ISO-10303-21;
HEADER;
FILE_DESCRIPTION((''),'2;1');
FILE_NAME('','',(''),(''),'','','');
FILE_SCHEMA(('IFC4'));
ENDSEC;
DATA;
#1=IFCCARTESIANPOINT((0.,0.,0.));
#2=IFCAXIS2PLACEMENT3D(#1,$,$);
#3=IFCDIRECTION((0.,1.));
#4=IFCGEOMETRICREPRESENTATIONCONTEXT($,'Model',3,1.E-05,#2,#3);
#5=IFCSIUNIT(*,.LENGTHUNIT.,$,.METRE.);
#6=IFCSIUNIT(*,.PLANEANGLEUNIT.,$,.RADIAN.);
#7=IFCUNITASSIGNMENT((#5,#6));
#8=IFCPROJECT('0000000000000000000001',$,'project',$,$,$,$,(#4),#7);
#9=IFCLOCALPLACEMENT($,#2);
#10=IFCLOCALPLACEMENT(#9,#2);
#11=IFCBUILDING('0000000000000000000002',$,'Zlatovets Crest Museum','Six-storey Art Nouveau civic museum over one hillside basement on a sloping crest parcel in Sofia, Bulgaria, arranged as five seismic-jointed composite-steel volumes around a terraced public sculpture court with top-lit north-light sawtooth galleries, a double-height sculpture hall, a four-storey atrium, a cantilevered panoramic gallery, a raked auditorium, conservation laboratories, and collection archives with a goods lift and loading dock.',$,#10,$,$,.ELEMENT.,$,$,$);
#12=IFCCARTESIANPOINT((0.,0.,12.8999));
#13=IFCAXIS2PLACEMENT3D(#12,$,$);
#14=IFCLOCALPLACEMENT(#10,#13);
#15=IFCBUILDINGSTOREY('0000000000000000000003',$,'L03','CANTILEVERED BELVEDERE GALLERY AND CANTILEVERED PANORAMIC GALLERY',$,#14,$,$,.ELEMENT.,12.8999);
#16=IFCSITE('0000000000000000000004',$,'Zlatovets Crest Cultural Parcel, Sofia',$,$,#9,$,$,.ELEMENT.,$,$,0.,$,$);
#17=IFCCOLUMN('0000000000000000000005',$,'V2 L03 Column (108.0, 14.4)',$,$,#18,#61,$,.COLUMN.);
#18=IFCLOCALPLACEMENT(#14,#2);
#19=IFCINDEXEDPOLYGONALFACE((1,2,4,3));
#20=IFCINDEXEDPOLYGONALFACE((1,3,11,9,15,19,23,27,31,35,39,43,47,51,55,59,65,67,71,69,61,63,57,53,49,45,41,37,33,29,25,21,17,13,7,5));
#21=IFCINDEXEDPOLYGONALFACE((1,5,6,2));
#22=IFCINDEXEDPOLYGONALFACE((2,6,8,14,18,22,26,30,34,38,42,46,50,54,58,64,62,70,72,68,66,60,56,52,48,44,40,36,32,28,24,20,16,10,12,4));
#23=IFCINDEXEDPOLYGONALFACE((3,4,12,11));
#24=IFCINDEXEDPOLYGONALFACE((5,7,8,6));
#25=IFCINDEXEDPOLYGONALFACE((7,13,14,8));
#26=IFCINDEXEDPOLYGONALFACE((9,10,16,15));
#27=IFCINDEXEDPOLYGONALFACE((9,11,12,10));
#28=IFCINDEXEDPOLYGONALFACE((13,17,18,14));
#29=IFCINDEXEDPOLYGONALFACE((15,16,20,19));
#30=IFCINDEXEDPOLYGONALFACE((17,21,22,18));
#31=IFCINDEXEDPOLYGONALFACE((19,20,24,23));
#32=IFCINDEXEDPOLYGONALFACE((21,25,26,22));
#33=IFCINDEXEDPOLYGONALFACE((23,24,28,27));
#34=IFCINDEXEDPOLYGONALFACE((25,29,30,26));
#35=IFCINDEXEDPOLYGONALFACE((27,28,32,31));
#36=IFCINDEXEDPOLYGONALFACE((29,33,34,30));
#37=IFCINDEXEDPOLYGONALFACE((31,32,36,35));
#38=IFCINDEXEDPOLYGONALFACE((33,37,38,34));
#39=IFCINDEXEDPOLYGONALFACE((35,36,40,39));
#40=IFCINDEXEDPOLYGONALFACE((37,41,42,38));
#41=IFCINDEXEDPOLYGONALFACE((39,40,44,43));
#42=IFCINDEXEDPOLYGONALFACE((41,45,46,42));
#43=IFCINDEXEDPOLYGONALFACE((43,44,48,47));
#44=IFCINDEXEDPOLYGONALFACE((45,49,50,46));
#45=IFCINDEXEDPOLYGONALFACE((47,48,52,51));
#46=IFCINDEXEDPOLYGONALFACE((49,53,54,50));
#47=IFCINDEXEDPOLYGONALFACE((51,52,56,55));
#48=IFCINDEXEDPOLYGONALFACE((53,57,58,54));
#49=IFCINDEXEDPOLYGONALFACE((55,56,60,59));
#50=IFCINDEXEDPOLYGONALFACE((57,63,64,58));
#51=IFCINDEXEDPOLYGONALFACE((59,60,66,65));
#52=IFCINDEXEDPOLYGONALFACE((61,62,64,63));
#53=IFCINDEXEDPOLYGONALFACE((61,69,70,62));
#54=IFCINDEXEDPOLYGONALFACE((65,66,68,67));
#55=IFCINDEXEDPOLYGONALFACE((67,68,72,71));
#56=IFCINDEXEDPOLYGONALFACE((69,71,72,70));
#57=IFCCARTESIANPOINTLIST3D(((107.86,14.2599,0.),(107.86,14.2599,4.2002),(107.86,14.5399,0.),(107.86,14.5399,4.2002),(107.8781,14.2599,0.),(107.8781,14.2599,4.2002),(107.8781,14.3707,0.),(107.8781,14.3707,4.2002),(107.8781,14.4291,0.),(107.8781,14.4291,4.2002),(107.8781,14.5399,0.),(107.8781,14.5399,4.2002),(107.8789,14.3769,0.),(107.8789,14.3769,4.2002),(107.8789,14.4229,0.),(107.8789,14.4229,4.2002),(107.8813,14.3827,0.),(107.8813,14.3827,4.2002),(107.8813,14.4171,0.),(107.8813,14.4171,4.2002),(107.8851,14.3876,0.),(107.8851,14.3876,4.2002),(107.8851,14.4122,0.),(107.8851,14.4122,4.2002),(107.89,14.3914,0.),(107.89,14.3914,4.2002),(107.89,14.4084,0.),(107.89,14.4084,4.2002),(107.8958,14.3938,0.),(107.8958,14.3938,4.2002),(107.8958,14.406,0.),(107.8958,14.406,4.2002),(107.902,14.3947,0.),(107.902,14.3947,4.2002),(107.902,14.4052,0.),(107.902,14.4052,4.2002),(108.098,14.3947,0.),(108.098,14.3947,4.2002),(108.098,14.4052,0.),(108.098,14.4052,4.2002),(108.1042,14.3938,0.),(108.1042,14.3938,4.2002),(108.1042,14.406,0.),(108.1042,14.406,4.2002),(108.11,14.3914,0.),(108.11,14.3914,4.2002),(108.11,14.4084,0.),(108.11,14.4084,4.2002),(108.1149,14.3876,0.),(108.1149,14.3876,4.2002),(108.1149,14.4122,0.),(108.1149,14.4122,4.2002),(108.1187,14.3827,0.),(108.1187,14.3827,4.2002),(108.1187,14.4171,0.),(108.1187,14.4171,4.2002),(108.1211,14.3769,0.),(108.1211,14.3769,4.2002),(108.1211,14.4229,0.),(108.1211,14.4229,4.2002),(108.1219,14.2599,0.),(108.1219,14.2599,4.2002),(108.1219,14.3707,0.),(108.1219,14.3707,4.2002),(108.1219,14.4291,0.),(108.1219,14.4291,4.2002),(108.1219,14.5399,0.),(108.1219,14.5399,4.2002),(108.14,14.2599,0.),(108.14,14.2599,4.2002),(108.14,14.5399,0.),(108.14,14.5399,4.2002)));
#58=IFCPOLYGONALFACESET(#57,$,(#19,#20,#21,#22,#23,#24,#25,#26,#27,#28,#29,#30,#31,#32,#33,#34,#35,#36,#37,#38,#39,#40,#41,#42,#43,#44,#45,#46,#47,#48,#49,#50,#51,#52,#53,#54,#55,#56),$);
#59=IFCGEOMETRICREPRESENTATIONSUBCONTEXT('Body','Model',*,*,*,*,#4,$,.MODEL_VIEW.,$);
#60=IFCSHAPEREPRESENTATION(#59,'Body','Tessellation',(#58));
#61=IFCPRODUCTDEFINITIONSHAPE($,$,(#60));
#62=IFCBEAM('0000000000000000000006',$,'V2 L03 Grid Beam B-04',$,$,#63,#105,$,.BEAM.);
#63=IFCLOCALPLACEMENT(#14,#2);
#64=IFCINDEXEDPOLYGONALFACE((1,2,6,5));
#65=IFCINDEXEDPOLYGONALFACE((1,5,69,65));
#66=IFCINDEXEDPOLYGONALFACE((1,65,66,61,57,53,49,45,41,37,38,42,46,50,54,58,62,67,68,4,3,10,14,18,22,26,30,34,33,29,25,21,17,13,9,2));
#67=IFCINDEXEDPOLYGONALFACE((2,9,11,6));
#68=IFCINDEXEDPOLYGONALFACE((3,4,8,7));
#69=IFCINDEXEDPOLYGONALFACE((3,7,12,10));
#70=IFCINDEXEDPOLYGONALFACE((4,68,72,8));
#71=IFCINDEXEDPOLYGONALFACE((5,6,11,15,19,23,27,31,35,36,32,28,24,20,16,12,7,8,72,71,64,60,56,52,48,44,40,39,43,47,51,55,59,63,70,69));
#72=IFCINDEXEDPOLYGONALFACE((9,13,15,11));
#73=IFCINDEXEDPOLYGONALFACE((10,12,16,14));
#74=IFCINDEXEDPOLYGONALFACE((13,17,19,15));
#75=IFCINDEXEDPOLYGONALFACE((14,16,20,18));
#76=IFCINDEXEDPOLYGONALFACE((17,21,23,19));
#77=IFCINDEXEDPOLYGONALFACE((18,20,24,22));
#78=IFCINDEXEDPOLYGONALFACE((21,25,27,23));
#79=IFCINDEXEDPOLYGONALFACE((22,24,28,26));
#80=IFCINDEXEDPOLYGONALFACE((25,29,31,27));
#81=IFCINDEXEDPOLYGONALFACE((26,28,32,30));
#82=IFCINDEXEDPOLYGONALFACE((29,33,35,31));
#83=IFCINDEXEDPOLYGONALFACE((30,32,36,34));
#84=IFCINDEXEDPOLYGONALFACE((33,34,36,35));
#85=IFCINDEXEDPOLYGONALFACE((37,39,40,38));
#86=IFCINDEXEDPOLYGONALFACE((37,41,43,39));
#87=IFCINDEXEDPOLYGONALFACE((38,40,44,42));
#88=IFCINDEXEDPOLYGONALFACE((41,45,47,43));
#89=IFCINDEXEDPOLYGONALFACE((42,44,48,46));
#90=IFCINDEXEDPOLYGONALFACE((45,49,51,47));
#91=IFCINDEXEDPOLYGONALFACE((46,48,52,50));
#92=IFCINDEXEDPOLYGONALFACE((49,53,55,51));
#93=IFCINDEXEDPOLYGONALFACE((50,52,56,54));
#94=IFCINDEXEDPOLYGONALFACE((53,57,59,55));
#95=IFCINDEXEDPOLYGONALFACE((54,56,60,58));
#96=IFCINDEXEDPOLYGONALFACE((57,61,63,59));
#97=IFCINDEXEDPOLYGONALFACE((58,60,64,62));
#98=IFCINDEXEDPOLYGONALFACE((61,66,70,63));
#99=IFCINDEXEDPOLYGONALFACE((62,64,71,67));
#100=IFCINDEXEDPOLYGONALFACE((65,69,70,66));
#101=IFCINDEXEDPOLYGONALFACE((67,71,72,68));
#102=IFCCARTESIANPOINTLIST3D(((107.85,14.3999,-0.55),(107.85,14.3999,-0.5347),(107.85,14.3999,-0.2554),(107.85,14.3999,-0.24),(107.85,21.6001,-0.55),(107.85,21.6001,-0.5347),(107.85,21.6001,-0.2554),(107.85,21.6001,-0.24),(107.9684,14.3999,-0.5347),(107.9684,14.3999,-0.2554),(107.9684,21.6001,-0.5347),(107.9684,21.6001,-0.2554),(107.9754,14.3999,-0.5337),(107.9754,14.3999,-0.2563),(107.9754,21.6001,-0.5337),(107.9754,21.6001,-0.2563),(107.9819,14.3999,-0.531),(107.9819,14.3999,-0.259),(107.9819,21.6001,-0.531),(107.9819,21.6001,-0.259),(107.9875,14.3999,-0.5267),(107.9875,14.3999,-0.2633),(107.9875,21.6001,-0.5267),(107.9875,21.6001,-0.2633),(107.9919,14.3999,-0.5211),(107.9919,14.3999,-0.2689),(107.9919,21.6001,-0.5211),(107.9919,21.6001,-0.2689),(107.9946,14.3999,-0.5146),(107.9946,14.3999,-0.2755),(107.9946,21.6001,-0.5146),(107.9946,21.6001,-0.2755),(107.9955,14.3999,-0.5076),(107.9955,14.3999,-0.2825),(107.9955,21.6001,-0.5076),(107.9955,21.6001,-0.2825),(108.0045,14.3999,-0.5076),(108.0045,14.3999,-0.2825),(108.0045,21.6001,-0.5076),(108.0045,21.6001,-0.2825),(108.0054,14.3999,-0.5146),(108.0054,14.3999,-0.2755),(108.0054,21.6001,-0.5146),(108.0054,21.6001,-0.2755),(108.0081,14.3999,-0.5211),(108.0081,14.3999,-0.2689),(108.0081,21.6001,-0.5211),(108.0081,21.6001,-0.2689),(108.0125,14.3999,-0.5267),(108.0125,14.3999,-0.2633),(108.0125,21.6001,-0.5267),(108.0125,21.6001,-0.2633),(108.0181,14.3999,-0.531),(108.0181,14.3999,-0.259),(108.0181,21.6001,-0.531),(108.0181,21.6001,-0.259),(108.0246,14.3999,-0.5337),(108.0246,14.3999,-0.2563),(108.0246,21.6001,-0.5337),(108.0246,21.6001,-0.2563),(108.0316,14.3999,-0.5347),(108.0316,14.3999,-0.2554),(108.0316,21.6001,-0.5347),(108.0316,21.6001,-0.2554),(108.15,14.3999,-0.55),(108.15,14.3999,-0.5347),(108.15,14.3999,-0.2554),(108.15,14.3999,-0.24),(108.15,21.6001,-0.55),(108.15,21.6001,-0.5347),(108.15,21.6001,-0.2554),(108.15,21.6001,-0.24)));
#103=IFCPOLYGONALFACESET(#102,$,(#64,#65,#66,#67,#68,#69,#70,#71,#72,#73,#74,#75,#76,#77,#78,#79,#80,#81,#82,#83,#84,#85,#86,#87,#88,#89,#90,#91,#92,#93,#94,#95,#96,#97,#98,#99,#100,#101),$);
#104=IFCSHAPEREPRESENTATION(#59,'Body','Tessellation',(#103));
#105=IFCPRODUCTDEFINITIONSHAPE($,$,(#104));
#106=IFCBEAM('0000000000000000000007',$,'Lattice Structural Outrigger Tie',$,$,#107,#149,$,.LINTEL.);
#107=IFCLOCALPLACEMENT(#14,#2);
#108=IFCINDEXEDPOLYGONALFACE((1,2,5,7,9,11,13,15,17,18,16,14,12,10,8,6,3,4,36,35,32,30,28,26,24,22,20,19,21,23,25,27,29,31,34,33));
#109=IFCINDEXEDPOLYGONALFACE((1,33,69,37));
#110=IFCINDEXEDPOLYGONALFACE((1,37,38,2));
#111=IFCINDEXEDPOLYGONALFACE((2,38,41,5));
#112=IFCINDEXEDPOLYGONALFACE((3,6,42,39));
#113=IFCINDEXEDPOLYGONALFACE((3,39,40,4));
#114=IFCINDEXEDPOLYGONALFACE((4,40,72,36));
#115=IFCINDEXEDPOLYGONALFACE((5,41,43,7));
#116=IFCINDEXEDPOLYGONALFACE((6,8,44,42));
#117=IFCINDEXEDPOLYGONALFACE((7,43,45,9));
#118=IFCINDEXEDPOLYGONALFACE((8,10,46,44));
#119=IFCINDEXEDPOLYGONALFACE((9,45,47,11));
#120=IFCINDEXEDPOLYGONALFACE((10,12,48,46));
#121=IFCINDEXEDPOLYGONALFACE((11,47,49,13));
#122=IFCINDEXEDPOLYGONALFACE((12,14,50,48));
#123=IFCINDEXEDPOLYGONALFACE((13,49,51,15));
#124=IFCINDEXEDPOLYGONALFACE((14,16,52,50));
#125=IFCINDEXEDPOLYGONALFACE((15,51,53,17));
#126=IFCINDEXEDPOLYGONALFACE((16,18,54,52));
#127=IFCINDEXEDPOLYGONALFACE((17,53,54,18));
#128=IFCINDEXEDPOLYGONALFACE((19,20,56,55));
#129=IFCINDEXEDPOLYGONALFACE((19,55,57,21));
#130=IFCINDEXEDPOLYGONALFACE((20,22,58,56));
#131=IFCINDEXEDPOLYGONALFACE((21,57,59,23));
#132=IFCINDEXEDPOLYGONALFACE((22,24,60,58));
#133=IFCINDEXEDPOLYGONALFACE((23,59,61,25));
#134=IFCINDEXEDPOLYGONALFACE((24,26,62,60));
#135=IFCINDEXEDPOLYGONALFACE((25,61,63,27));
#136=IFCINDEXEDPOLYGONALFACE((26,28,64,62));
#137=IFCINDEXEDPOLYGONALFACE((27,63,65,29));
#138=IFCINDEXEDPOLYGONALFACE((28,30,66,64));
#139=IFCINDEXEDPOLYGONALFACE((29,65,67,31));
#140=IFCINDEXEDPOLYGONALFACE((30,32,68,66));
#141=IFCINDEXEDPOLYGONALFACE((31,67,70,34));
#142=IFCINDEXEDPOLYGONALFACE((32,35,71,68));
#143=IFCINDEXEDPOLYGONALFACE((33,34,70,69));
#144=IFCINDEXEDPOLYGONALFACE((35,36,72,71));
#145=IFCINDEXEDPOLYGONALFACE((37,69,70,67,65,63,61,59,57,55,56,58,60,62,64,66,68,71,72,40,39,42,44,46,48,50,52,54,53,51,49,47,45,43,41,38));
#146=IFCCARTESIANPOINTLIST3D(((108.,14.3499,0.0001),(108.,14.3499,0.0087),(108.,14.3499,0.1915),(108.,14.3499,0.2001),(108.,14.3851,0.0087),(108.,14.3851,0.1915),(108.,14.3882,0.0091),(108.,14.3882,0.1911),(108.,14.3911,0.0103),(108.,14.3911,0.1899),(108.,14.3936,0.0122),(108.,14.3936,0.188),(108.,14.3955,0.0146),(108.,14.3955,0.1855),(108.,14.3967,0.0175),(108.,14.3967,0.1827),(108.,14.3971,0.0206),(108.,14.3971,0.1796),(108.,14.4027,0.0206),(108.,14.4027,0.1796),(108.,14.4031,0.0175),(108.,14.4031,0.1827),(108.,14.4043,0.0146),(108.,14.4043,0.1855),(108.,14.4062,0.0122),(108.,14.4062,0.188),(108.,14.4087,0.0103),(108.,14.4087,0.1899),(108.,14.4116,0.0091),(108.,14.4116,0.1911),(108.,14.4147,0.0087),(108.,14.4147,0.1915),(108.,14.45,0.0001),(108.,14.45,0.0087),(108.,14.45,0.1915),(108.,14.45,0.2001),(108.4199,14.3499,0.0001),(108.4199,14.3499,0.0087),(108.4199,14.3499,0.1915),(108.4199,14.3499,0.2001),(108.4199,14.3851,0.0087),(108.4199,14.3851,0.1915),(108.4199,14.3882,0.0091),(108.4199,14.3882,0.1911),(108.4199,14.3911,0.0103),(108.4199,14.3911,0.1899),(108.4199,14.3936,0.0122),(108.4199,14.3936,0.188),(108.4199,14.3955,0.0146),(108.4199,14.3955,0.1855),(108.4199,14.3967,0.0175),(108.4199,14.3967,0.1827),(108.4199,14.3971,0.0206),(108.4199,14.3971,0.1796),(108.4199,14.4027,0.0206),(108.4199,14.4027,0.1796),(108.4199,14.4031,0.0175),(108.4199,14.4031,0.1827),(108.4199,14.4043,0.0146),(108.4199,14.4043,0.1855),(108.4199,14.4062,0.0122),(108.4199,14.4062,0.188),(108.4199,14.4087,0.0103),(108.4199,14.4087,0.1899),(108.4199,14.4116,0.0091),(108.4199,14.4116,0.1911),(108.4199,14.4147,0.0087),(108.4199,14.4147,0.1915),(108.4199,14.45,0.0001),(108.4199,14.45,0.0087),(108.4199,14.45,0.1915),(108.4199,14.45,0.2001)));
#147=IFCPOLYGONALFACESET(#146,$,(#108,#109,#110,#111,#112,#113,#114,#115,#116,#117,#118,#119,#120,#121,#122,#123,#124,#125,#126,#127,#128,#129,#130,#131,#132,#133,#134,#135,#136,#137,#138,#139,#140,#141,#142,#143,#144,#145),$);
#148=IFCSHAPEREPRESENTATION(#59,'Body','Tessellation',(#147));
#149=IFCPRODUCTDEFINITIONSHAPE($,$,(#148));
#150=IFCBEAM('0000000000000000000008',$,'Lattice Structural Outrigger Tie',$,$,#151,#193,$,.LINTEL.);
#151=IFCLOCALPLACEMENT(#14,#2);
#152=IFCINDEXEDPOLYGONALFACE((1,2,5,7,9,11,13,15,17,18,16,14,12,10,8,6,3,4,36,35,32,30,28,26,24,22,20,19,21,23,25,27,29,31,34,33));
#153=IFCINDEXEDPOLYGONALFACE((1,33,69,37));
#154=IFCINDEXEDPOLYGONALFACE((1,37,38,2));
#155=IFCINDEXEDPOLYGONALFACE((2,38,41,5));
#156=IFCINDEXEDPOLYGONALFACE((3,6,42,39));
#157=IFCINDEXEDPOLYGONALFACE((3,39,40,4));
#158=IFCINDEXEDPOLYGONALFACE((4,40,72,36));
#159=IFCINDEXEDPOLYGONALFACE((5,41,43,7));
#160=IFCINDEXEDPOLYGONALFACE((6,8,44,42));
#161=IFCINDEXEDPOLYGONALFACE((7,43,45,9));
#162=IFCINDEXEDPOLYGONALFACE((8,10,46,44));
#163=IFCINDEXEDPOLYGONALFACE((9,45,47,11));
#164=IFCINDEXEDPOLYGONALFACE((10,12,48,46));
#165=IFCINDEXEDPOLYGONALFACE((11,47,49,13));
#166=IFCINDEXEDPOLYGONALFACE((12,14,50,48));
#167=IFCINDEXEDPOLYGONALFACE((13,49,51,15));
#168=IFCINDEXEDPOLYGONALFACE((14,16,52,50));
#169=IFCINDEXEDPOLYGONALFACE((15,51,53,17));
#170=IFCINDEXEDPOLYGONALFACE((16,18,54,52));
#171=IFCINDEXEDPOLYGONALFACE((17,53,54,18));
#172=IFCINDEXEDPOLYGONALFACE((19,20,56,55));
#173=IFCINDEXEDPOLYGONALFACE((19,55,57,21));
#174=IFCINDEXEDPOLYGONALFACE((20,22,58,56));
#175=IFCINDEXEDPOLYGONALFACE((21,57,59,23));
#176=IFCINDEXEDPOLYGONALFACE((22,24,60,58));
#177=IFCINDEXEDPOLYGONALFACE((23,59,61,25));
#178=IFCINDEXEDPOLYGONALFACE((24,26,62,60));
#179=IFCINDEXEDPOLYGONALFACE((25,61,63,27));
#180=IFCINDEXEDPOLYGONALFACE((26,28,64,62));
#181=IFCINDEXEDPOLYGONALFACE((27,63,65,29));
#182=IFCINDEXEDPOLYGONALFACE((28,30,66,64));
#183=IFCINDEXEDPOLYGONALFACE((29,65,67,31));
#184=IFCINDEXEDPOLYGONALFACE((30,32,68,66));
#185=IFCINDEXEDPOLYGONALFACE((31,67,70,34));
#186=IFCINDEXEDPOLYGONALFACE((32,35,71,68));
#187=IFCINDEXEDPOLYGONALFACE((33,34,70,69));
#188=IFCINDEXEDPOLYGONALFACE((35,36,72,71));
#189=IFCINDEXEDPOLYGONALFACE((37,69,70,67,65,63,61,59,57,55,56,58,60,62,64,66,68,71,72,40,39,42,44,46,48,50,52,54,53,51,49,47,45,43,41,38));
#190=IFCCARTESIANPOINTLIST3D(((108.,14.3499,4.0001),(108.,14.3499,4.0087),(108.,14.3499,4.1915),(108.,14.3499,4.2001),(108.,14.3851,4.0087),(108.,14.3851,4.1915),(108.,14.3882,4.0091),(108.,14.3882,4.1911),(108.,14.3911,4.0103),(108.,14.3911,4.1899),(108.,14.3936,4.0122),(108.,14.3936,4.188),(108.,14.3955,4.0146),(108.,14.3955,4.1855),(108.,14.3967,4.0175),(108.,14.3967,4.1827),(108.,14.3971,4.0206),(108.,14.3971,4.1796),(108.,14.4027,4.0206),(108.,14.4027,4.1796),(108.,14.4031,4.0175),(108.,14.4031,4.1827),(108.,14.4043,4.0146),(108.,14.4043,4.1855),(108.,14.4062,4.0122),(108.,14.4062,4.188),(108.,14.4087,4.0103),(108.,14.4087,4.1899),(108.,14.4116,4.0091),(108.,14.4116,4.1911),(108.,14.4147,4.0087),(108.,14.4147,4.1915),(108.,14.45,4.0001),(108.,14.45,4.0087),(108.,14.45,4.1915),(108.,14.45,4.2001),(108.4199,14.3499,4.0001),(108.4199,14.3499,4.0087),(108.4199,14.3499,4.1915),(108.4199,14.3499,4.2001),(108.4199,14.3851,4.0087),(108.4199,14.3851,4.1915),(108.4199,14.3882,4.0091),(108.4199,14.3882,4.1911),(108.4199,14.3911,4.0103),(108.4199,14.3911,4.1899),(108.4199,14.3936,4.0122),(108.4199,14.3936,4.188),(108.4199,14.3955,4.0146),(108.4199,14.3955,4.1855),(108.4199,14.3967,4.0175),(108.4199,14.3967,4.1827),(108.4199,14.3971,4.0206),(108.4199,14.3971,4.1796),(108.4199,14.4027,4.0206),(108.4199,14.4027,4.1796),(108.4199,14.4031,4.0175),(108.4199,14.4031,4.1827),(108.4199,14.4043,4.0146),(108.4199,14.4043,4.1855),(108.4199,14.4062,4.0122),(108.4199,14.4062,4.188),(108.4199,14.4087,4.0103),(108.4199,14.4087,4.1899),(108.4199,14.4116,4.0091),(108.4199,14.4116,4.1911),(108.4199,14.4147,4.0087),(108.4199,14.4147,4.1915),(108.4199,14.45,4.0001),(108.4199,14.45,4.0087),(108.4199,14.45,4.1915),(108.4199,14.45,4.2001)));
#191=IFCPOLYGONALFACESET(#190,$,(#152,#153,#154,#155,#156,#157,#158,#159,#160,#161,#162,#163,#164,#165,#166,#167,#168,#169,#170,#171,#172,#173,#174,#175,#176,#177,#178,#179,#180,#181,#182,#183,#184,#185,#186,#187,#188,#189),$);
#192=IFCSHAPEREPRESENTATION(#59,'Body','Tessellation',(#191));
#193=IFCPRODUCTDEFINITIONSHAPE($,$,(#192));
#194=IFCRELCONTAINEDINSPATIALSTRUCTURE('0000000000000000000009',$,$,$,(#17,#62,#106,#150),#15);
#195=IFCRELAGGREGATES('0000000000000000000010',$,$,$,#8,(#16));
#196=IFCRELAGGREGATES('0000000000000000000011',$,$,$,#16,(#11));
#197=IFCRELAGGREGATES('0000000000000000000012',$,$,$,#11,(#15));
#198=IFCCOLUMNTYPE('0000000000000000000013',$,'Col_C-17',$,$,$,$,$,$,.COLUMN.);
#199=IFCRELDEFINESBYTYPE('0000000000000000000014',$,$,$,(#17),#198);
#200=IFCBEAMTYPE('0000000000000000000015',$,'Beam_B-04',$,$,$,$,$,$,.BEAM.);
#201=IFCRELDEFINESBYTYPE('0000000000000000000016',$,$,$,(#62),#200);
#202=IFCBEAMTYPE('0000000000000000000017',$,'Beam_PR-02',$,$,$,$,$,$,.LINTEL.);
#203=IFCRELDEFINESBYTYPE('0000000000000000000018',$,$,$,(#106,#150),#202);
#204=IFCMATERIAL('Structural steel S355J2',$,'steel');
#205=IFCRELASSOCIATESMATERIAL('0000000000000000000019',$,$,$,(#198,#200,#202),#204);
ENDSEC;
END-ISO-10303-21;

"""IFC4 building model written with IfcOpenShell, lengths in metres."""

from ifc_helpers import new_model, si_unit, direction, frame, origin, origin_2d, place, context, subcontext, project, spatial, i_section, extrude, material, material_profile, profile_set, type_object, element, save


model = new_model("IFC4")

# Units and contexts
model_context = context("Model", 3, precision=1e-05, world=origin(), true_north=direction((0.0, 1.0)))
body_context = subcontext(model_context, "Body", "Model", "MODEL_VIEW")
ifc_project = project(units=[si_unit("LENGTHUNIT", "METRE"), si_unit("PLANEANGLEUNIT", "RADIAN")], contexts=[model_context])

# Site, building, storey
site_placement = place(None, origin())
site = spatial("IfcSite", under=ifc_project, at=site_placement, Name="Zlatovets Crest Cultural Parcel, Sofia", CompositionType="ELEMENT", RefElevation=0.0)
building_placement = place(site_placement, origin())
building = spatial("IfcBuilding", under=site, at=building_placement, Name="Zlatovets Crest Museum", Description="Six-storey Art Nouveau civic museum over one hillside basement on a sloping crest parcel in Sofia, Bulgaria, arranged as five seismic-jointed composite-steel volumes around a terraced public sculpture court with top-lit north-light sawtooth galleries, a double-height sculpture hall, a four-storey atrium, a cantilevered panoramic gallery, a raked auditorium, conservation laboratories, and collection archives with a goods lift and loading dock.", CompositionType="ELEMENT")
storey_placement = place(building_placement, frame((0.0, 0.0, 12.8999)))
storey = spatial("IfcBuildingStorey", under=building, at=storey_placement, Name="L03", Description="CANTILEVERED BELVEDERE GALLERY AND CANTILEVERED PANORAMIC GALLERY", CompositionType="ELEMENT", Elevation=12.8999)

# Column
ifc_material_1 = material(Name="Structural steel S355J2", Category="steel")
ifc_material_profile_1 = material_profile(ifc_material_1, i_section(OverallWidth=0.28, OverallDepth=0.28, WebThickness=0.0105, FlangeThickness=0.0181, FilletRadius=0.0239, at=origin_2d()), Name="HEB 280")
ifc_profile_set_1 = profile_set([ifc_material_profile_1], Name="Structural steel S355J2")
column_type = type_object("IfcColumnType", Name="Col_C-17", PredefinedType="COLUMN", material=ifc_profile_set_1)
column_placement = place(storey_placement, frame((108.0, 14.3999, 0.0), z_axis=(0.0, 0.0, 1.0), x_axis=(0.0, 1.0, 0.0)))
element("IfcColumn", 1, at=column_placement, inside=storey, type_object=column_type, Name="V2 L03 Column (108.0, 14.4)", PredefinedType="COLUMN", context=body_context, shape_type="SweptSolid", body=[
    extrude(i_section(OverallWidth=0.28, OverallDepth=0.28, WebThickness=0.0105, FlangeThickness=0.0181, FilletRadius=0.0239, at=origin_2d()), origin(), (0.0, 0.0, 1.0), 4.2002),
])

# Beams
ifc_material_profile_2 = material_profile(ifc_material_1, i_section(OverallWidth=0.3, OverallDepth=0.3101, WebThickness=0.009, FlangeThickness=0.0154, FilletRadius=0.0271, at=origin_2d()), Name="HEA 320")
ifc_profile_set_2 = profile_set([ifc_material_profile_2], Name="Structural steel S355J2")
beam_type_1 = type_object("IfcBeamType", Name="Beam_B-04", PredefinedType="BEAM", material=ifc_profile_set_2)
beam_placement = place(storey_placement, frame((108.0, 14.3999, -0.395), z_axis=(0.0, 1.0, 0.0), x_axis=(-1.0, 0.0, 0.0)))
element("IfcBeam", 2, at=beam_placement, inside=storey, type_object=beam_type_1, Name="V2 L03 Grid Beam B-04", PredefinedType="BEAM", context=body_context, shape_type="SweptSolid", body=[
    extrude(i_section(OverallWidth=0.3, OverallDepth=0.3101, WebThickness=0.009, FlangeThickness=0.0154, FilletRadius=0.0271, at=origin_2d()), origin(), (0.0, 0.0, 1.0), 7.2002),
])
ifc_material_profile_3 = material_profile(ifc_material_1, i_section(OverallWidth=0.1001, OverallDepth=0.2, WebThickness=0.0056, FlangeThickness=0.0085, FilletRadius=0.012, at=origin_2d()), Name="IPE 200")
ifc_profile_set_3 = profile_set([ifc_material_profile_3], Name="Structural steel S355J2")
beam_type_2 = type_object("IfcBeamType", Name="Beam_PR-02", PredefinedType="LINTEL", material=ifc_profile_set_3)
for number, where, z_axis, x_axis, name in (
    (3, (108.0, 14.3999, 0.1001), (1.0, 0.0, 0.0), (0.0, 1.0, 0.0), "Lattice Structural Outrigger Tie"),
    (4, (108.0, 14.3999, 4.1001), (1.0, 0.0, 0.0), (0.0, 1.0, 0.0), "Lattice Structural Outrigger Tie"),
):
    element("IfcBeam", number, at=place(storey_placement, frame(where, z_axis=z_axis, x_axis=x_axis)), inside=storey, type_object=beam_type_2, Name=name, PredefinedType="LINTEL", context=body_context, shape_type="SweptSolid", body=[
        extrude(i_section(OverallWidth=0.1001, OverallDepth=0.2, WebThickness=0.0056, FlangeThickness=0.0085, FilletRadius=0.012, at=origin_2d()), origin(), (0.0, 0.0, 1.0), 0.4199),
    ])

save(model, "model.ifc")
